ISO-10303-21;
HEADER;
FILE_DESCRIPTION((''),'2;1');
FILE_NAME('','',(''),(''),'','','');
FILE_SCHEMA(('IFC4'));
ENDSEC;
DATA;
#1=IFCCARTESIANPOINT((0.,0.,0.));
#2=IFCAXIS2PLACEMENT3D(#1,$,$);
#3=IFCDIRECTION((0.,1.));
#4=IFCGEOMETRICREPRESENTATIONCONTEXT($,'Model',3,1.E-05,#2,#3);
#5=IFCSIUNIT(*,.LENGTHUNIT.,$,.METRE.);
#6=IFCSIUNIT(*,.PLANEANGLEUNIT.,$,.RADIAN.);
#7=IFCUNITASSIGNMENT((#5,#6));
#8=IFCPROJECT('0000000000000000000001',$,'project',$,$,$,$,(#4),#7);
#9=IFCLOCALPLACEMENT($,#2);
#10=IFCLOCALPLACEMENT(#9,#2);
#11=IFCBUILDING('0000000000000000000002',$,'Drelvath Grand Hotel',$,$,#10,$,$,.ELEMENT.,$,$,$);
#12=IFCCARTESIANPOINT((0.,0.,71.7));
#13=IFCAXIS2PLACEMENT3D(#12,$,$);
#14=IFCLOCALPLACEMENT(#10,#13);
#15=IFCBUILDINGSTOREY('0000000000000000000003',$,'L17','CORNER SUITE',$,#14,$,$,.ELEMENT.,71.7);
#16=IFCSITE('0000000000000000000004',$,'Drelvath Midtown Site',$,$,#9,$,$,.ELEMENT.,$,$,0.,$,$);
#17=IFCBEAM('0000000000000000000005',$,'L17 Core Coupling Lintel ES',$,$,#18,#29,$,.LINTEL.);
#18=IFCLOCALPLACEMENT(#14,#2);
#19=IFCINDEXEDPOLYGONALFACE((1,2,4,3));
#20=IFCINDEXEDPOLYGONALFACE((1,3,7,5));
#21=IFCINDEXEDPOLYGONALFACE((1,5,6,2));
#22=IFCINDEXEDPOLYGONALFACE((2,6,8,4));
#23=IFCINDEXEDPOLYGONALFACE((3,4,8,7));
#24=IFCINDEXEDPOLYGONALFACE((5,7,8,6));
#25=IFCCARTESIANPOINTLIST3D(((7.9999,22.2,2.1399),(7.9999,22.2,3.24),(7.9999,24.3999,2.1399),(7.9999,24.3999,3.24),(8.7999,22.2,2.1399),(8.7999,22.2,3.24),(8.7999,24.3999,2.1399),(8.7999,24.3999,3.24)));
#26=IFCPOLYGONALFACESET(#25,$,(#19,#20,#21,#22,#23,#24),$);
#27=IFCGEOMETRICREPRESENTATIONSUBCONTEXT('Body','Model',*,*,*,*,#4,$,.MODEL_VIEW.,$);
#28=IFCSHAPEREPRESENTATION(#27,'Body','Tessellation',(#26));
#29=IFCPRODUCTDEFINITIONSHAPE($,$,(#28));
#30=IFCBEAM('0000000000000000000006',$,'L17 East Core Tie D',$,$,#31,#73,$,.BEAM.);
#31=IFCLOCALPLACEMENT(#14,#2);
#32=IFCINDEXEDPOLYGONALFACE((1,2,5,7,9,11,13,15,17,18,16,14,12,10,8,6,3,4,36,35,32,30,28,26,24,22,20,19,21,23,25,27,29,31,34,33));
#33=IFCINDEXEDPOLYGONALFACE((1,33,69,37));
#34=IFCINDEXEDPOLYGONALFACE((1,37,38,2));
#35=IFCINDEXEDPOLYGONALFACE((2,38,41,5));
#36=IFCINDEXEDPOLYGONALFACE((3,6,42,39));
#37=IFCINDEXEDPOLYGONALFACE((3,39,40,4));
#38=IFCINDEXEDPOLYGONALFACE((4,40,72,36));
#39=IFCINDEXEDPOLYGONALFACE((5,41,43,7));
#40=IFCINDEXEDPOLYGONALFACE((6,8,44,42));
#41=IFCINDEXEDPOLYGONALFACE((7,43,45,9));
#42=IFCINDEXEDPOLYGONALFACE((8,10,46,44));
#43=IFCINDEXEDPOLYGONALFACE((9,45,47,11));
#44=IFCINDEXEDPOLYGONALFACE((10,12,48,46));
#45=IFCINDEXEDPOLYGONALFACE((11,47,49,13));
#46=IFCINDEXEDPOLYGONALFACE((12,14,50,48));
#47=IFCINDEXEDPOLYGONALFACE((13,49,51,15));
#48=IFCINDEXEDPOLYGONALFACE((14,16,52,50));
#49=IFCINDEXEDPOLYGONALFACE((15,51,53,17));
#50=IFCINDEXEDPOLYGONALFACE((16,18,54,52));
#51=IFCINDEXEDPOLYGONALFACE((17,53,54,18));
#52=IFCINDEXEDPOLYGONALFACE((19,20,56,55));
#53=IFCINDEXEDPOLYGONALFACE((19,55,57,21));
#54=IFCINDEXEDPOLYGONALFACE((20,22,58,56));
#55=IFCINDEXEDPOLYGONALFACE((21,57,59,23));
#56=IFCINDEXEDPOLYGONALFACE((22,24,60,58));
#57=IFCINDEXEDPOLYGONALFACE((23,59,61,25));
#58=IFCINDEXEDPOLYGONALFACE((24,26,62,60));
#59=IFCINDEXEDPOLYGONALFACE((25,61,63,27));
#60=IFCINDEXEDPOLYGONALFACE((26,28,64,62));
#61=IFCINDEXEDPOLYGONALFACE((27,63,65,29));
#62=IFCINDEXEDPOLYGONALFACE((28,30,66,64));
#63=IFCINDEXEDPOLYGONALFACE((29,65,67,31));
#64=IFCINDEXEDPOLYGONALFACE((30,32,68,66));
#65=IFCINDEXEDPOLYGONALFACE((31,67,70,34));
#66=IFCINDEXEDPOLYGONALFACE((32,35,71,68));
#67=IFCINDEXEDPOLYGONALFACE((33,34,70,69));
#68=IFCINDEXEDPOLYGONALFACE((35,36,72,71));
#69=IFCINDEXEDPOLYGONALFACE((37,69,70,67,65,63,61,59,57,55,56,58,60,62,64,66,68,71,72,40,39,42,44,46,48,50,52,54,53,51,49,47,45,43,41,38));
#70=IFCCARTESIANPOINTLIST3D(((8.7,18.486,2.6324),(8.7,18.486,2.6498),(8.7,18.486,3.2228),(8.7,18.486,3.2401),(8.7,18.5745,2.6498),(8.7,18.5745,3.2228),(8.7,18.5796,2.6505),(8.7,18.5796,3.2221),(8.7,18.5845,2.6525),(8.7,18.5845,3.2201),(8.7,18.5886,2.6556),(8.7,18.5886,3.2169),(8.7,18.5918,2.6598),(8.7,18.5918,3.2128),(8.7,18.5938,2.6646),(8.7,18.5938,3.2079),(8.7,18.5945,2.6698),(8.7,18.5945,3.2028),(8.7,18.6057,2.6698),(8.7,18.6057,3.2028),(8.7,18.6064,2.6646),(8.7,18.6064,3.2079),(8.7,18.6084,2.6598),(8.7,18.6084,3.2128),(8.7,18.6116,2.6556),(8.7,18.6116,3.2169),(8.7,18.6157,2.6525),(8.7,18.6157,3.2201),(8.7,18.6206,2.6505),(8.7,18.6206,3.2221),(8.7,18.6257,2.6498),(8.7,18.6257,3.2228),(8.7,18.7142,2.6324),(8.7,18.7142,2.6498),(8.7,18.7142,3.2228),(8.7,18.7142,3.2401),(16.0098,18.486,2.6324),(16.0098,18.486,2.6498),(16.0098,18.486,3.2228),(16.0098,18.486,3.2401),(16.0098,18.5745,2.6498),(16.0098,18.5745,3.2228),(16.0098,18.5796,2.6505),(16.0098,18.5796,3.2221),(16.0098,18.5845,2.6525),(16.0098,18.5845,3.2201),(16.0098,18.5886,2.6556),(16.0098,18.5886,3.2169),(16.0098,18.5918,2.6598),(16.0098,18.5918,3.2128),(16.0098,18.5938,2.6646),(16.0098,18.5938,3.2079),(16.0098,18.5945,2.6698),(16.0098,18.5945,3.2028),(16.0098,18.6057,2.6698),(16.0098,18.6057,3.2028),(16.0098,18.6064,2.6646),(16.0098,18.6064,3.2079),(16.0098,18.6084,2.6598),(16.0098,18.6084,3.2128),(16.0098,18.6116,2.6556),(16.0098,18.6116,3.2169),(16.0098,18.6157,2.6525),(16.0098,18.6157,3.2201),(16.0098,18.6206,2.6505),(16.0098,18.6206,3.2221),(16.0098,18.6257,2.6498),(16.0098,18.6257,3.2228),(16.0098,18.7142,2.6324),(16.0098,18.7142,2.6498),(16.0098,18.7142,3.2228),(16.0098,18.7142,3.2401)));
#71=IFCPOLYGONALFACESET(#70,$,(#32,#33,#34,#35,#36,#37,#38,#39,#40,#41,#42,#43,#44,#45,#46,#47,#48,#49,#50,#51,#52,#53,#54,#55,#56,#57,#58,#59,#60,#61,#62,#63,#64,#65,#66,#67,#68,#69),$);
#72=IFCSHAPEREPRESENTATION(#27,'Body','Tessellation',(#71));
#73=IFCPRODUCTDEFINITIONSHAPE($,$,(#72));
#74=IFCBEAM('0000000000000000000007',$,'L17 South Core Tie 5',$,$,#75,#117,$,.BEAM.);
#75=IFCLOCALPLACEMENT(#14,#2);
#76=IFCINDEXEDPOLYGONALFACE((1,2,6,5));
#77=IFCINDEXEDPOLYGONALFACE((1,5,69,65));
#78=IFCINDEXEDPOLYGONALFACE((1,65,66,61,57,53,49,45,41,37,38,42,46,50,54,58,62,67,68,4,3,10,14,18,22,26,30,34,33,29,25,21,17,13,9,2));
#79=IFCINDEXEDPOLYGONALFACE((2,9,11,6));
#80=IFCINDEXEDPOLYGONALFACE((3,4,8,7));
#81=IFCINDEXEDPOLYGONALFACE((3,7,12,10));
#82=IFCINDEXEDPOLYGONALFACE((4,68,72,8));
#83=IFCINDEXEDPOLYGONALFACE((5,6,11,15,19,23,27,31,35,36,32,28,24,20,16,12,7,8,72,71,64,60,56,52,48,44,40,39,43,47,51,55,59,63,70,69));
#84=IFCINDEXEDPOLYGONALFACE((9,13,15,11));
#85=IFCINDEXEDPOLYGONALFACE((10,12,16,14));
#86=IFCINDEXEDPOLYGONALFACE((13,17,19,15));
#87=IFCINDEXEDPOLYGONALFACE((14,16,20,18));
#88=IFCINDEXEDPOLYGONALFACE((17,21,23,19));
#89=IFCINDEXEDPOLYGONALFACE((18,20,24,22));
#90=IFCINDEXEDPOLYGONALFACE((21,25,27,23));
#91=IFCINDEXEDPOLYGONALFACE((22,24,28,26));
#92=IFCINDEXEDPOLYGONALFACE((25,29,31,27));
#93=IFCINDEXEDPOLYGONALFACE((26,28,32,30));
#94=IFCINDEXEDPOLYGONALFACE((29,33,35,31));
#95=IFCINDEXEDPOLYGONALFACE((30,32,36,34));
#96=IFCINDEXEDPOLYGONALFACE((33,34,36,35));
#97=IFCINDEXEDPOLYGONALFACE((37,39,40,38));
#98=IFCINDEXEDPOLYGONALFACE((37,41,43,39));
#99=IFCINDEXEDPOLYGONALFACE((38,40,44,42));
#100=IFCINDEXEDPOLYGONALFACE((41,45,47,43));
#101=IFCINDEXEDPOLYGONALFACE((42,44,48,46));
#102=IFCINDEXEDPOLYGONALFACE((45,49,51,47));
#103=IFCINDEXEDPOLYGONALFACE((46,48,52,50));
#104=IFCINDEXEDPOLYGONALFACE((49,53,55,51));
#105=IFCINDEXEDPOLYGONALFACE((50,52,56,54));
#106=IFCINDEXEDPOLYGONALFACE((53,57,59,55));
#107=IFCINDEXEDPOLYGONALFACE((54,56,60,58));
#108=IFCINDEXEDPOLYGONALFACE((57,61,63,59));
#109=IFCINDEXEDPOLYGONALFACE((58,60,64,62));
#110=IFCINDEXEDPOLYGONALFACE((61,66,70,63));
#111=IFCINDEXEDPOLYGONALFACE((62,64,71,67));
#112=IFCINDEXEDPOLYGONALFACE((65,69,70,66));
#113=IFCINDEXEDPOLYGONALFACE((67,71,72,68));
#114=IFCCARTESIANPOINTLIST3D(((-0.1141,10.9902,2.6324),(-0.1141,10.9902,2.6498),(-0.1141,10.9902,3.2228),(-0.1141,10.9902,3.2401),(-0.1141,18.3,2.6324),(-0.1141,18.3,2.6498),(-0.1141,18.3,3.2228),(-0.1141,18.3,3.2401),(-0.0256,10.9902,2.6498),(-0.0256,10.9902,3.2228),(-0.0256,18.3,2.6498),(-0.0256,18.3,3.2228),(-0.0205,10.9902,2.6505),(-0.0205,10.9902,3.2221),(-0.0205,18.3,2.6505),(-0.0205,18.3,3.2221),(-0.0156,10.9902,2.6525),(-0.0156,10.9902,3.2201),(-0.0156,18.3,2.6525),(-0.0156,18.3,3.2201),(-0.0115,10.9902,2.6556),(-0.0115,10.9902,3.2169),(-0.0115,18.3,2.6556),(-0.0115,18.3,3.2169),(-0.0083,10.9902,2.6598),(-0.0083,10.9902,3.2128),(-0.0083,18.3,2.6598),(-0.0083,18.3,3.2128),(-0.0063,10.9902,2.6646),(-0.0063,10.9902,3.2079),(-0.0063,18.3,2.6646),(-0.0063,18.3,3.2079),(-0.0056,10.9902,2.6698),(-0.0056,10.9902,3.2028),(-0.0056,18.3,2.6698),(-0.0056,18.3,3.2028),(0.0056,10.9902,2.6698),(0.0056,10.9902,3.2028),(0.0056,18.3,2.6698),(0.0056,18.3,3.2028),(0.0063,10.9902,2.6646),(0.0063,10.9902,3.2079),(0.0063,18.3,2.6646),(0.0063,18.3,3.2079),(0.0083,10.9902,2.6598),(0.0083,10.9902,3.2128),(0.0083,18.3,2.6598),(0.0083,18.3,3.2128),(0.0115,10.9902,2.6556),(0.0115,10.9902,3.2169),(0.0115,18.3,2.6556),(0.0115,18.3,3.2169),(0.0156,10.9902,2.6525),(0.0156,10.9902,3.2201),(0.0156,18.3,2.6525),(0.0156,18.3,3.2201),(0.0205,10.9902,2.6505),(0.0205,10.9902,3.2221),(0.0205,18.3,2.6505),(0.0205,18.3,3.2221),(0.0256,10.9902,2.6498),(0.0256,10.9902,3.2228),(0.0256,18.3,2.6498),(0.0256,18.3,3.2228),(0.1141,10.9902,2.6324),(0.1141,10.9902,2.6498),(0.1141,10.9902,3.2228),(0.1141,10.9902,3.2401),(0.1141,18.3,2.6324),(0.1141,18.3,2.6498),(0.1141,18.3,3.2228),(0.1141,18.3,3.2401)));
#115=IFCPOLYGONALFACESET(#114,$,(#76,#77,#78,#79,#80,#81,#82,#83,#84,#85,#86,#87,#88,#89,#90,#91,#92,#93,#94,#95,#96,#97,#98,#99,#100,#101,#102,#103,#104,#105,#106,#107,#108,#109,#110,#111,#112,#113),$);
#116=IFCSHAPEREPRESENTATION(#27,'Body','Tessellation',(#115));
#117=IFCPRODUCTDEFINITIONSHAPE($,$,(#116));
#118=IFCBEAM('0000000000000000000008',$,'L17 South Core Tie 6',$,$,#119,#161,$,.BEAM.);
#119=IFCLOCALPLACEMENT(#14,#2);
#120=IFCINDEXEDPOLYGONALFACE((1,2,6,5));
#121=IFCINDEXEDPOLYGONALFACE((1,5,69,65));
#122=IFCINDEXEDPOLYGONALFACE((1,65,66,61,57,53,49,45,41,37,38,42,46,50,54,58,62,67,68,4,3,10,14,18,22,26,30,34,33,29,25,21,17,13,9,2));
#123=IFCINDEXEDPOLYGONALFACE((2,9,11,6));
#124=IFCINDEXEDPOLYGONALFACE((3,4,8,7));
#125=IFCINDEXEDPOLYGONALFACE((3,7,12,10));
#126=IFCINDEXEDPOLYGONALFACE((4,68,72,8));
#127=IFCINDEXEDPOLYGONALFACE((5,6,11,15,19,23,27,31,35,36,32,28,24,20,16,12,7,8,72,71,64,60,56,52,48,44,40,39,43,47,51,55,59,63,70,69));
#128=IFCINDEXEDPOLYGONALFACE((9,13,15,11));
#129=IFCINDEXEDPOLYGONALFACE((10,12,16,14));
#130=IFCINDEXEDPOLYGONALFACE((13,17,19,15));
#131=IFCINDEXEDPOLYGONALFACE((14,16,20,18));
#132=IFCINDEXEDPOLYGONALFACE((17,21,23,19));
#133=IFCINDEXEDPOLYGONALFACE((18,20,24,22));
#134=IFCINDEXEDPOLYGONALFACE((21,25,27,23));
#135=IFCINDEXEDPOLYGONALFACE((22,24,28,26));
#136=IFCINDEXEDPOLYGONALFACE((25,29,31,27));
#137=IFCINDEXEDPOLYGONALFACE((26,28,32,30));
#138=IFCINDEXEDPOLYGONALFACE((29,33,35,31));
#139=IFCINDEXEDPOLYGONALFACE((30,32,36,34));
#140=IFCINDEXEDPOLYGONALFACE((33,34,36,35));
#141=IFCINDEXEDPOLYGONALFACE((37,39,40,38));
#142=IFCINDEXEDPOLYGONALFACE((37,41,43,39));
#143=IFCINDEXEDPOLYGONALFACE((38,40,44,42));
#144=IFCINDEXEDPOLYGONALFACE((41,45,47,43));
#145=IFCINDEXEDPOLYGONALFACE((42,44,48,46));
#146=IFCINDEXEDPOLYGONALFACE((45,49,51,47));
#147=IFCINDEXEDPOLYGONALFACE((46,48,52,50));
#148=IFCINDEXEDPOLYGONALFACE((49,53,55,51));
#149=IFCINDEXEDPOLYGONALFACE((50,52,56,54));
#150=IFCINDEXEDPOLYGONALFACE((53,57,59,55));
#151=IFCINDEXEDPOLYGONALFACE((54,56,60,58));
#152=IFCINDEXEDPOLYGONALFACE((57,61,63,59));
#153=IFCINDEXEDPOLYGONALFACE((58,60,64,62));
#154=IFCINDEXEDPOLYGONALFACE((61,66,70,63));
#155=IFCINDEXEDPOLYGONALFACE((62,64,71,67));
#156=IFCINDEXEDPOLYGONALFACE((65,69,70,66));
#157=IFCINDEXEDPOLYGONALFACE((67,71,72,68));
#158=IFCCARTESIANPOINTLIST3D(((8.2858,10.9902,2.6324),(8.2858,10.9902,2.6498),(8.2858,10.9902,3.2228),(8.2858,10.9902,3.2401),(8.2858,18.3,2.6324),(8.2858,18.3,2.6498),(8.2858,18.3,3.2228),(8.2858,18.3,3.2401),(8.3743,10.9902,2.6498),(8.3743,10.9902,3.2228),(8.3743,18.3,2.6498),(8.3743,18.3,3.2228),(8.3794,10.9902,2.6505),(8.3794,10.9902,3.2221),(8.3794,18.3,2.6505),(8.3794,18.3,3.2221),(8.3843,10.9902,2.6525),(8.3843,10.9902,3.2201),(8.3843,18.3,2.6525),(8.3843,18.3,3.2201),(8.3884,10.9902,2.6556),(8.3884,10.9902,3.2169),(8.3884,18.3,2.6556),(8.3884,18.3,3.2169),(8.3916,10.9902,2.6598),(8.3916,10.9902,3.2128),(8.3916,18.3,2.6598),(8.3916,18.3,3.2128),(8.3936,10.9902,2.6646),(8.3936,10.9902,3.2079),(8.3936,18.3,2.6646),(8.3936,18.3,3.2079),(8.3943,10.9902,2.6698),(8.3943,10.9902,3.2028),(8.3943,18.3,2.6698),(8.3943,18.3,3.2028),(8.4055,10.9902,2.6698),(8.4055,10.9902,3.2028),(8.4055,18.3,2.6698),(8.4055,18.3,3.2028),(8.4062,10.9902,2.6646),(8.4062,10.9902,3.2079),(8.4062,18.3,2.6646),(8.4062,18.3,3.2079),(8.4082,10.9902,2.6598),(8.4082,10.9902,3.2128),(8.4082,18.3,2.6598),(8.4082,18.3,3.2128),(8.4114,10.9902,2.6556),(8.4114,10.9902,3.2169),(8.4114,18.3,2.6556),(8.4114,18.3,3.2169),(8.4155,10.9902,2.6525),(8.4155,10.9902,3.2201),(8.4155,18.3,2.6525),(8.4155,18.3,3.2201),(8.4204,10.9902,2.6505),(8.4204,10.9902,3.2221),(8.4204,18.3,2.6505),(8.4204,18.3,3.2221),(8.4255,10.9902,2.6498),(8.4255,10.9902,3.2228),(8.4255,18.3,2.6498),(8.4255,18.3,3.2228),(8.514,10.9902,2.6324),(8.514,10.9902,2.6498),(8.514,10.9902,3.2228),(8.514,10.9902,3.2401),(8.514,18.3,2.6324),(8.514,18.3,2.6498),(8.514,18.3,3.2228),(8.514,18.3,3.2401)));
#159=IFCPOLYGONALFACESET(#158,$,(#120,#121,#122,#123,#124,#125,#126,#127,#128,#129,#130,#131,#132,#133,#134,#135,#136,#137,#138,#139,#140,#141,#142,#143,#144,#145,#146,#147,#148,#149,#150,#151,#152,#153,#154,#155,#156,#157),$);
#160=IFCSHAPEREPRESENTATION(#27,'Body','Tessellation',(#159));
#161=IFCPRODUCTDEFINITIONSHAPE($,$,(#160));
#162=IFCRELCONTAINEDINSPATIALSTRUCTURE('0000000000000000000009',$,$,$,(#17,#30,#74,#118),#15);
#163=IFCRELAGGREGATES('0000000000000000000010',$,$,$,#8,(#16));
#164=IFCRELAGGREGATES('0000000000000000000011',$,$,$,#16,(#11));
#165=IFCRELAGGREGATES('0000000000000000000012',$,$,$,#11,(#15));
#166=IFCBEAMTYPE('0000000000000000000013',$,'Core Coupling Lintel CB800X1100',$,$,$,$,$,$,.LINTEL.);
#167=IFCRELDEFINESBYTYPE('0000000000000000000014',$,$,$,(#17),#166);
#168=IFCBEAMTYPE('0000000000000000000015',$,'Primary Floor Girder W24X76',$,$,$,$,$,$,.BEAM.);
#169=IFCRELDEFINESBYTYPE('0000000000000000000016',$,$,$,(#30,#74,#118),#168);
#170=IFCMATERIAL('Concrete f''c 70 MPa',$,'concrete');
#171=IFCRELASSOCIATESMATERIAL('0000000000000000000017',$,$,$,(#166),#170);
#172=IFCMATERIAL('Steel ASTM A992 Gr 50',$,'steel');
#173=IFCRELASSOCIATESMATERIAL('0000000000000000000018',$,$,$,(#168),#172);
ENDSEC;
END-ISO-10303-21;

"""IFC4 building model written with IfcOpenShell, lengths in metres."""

from ifc_helpers import new_model, si_unit, direction, frame, origin, origin_2d, place, context, subcontext, project, spatial, rectangle, i_section, extrude, material, material_profile, profile_set, type_object, element, save


model = new_model("IFC4")

# Units and contexts
model_context = context("Model", 3, precision=1e-05, world=origin(), true_north=direction((0.0, 1.0)))
body_context = subcontext(model_context, "Body", "Model", "MODEL_VIEW")
ifc_project = project(units=[si_unit("LENGTHUNIT", "METRE"), si_unit("PLANEANGLEUNIT", "RADIAN")], contexts=[model_context])

# Site, building, storey
site_placement = place(None, origin())
site = spatial("IfcSite", under=ifc_project, at=site_placement, Name="Drelvath Midtown Site", CompositionType="ELEMENT", RefElevation=0.0)
building_placement = place(site_placement, origin())
building = spatial("IfcBuilding", under=site, at=building_placement, Name="Drelvath Grand Hotel", CompositionType="ELEMENT")
storey_placement = place(building_placement, frame((0.0, 0.0, 71.7)))
storey = spatial("IfcBuildingStorey", under=building, at=storey_placement, Name="L17", Description="CORNER SUITE", CompositionType="ELEMENT", Elevation=71.7)

# Beams
ifc_material_1 = material(Name="Concrete f'c 70 MPa", Category="concrete")
ifc_material_profile_1 = material_profile(ifc_material_1, rectangle(XDim=0.8, YDim=1.1001, at=origin_2d()), Name="CB800X1100")
ifc_profile_set_1 = profile_set([ifc_material_profile_1], Name="Concrete f'c 70 MPa")
beam_type_1 = type_object("IfcBeamType", Name="Core Coupling Lintel CB800X1100", PredefinedType="LINTEL", material=ifc_profile_set_1)
beam_1_placement = place(storey_placement, frame((8.3999, 22.2, 2.6899), z_axis=(0.0, 1.0, 0.0), x_axis=(-1.0, 0.0, 0.0)))
element("IfcBeam", 1, at=beam_1_placement, inside=storey, type_object=beam_type_1, Name="L17 Core Coupling Lintel ES", PredefinedType="LINTEL", context=body_context, shape_type="SweptSolid", body=[
    extrude(rectangle(XDim=0.8, YDim=1.1001, at=origin_2d()), origin(), (0.0, 0.0, 1.0), 2.2),
])
ifc_material_2 = material(Name="Steel ASTM A992 Gr 50", Category="steel")
ifc_material_profile_2 = material_profile(ifc_material_2, i_section(OverallWidth=0.2283, OverallDepth=0.6077, WebThickness=0.0112, FlangeThickness=0.0173, FilletRadius=0.02, at=origin_2d()), Name="W24X76")
ifc_profile_set_2 = profile_set([ifc_material_profile_2], Name="Steel ASTM A992 Gr 50")
beam_type_2 = type_object("IfcBeamType", Name="Primary Floor Girder W24X76", PredefinedType="BEAM", material=ifc_profile_set_2)
for number, where, z_axis, x_axis, name in (
    (2, (8.7, 18.6001, 2.9363), (1.0, 0.0, 0.0), (0.0, 1.0, 0.0), "L17 East Core Tie D"),
    (3, (0.0, 10.9902, 2.9363), (0.0, 1.0, 0.0), (-1.0, 0.0, 0.0), "L17 South Core Tie 5"),
    (4, (8.3999, 10.9902, 2.9363), (0.0, 1.0, 0.0), (-1.0, 0.0, 0.0), "L17 South Core Tie 6"),
):
    element("IfcBeam", number, at=place(storey_placement, frame(where, z_axis=z_axis, x_axis=x_axis)), inside=storey, type_object=beam_type_2, Name=name, PredefinedType="BEAM", context=body_context, shape_type="SweptSolid", body=[
        extrude(i_section(OverallWidth=0.2283, OverallDepth=0.6077, WebThickness=0.0112, FlangeThickness=0.0173, FilletRadius=0.02, at=origin_2d()), origin(), (0.0, 0.0, 1.0), 7.3098),
    ])

save(model, "model.ifc")
